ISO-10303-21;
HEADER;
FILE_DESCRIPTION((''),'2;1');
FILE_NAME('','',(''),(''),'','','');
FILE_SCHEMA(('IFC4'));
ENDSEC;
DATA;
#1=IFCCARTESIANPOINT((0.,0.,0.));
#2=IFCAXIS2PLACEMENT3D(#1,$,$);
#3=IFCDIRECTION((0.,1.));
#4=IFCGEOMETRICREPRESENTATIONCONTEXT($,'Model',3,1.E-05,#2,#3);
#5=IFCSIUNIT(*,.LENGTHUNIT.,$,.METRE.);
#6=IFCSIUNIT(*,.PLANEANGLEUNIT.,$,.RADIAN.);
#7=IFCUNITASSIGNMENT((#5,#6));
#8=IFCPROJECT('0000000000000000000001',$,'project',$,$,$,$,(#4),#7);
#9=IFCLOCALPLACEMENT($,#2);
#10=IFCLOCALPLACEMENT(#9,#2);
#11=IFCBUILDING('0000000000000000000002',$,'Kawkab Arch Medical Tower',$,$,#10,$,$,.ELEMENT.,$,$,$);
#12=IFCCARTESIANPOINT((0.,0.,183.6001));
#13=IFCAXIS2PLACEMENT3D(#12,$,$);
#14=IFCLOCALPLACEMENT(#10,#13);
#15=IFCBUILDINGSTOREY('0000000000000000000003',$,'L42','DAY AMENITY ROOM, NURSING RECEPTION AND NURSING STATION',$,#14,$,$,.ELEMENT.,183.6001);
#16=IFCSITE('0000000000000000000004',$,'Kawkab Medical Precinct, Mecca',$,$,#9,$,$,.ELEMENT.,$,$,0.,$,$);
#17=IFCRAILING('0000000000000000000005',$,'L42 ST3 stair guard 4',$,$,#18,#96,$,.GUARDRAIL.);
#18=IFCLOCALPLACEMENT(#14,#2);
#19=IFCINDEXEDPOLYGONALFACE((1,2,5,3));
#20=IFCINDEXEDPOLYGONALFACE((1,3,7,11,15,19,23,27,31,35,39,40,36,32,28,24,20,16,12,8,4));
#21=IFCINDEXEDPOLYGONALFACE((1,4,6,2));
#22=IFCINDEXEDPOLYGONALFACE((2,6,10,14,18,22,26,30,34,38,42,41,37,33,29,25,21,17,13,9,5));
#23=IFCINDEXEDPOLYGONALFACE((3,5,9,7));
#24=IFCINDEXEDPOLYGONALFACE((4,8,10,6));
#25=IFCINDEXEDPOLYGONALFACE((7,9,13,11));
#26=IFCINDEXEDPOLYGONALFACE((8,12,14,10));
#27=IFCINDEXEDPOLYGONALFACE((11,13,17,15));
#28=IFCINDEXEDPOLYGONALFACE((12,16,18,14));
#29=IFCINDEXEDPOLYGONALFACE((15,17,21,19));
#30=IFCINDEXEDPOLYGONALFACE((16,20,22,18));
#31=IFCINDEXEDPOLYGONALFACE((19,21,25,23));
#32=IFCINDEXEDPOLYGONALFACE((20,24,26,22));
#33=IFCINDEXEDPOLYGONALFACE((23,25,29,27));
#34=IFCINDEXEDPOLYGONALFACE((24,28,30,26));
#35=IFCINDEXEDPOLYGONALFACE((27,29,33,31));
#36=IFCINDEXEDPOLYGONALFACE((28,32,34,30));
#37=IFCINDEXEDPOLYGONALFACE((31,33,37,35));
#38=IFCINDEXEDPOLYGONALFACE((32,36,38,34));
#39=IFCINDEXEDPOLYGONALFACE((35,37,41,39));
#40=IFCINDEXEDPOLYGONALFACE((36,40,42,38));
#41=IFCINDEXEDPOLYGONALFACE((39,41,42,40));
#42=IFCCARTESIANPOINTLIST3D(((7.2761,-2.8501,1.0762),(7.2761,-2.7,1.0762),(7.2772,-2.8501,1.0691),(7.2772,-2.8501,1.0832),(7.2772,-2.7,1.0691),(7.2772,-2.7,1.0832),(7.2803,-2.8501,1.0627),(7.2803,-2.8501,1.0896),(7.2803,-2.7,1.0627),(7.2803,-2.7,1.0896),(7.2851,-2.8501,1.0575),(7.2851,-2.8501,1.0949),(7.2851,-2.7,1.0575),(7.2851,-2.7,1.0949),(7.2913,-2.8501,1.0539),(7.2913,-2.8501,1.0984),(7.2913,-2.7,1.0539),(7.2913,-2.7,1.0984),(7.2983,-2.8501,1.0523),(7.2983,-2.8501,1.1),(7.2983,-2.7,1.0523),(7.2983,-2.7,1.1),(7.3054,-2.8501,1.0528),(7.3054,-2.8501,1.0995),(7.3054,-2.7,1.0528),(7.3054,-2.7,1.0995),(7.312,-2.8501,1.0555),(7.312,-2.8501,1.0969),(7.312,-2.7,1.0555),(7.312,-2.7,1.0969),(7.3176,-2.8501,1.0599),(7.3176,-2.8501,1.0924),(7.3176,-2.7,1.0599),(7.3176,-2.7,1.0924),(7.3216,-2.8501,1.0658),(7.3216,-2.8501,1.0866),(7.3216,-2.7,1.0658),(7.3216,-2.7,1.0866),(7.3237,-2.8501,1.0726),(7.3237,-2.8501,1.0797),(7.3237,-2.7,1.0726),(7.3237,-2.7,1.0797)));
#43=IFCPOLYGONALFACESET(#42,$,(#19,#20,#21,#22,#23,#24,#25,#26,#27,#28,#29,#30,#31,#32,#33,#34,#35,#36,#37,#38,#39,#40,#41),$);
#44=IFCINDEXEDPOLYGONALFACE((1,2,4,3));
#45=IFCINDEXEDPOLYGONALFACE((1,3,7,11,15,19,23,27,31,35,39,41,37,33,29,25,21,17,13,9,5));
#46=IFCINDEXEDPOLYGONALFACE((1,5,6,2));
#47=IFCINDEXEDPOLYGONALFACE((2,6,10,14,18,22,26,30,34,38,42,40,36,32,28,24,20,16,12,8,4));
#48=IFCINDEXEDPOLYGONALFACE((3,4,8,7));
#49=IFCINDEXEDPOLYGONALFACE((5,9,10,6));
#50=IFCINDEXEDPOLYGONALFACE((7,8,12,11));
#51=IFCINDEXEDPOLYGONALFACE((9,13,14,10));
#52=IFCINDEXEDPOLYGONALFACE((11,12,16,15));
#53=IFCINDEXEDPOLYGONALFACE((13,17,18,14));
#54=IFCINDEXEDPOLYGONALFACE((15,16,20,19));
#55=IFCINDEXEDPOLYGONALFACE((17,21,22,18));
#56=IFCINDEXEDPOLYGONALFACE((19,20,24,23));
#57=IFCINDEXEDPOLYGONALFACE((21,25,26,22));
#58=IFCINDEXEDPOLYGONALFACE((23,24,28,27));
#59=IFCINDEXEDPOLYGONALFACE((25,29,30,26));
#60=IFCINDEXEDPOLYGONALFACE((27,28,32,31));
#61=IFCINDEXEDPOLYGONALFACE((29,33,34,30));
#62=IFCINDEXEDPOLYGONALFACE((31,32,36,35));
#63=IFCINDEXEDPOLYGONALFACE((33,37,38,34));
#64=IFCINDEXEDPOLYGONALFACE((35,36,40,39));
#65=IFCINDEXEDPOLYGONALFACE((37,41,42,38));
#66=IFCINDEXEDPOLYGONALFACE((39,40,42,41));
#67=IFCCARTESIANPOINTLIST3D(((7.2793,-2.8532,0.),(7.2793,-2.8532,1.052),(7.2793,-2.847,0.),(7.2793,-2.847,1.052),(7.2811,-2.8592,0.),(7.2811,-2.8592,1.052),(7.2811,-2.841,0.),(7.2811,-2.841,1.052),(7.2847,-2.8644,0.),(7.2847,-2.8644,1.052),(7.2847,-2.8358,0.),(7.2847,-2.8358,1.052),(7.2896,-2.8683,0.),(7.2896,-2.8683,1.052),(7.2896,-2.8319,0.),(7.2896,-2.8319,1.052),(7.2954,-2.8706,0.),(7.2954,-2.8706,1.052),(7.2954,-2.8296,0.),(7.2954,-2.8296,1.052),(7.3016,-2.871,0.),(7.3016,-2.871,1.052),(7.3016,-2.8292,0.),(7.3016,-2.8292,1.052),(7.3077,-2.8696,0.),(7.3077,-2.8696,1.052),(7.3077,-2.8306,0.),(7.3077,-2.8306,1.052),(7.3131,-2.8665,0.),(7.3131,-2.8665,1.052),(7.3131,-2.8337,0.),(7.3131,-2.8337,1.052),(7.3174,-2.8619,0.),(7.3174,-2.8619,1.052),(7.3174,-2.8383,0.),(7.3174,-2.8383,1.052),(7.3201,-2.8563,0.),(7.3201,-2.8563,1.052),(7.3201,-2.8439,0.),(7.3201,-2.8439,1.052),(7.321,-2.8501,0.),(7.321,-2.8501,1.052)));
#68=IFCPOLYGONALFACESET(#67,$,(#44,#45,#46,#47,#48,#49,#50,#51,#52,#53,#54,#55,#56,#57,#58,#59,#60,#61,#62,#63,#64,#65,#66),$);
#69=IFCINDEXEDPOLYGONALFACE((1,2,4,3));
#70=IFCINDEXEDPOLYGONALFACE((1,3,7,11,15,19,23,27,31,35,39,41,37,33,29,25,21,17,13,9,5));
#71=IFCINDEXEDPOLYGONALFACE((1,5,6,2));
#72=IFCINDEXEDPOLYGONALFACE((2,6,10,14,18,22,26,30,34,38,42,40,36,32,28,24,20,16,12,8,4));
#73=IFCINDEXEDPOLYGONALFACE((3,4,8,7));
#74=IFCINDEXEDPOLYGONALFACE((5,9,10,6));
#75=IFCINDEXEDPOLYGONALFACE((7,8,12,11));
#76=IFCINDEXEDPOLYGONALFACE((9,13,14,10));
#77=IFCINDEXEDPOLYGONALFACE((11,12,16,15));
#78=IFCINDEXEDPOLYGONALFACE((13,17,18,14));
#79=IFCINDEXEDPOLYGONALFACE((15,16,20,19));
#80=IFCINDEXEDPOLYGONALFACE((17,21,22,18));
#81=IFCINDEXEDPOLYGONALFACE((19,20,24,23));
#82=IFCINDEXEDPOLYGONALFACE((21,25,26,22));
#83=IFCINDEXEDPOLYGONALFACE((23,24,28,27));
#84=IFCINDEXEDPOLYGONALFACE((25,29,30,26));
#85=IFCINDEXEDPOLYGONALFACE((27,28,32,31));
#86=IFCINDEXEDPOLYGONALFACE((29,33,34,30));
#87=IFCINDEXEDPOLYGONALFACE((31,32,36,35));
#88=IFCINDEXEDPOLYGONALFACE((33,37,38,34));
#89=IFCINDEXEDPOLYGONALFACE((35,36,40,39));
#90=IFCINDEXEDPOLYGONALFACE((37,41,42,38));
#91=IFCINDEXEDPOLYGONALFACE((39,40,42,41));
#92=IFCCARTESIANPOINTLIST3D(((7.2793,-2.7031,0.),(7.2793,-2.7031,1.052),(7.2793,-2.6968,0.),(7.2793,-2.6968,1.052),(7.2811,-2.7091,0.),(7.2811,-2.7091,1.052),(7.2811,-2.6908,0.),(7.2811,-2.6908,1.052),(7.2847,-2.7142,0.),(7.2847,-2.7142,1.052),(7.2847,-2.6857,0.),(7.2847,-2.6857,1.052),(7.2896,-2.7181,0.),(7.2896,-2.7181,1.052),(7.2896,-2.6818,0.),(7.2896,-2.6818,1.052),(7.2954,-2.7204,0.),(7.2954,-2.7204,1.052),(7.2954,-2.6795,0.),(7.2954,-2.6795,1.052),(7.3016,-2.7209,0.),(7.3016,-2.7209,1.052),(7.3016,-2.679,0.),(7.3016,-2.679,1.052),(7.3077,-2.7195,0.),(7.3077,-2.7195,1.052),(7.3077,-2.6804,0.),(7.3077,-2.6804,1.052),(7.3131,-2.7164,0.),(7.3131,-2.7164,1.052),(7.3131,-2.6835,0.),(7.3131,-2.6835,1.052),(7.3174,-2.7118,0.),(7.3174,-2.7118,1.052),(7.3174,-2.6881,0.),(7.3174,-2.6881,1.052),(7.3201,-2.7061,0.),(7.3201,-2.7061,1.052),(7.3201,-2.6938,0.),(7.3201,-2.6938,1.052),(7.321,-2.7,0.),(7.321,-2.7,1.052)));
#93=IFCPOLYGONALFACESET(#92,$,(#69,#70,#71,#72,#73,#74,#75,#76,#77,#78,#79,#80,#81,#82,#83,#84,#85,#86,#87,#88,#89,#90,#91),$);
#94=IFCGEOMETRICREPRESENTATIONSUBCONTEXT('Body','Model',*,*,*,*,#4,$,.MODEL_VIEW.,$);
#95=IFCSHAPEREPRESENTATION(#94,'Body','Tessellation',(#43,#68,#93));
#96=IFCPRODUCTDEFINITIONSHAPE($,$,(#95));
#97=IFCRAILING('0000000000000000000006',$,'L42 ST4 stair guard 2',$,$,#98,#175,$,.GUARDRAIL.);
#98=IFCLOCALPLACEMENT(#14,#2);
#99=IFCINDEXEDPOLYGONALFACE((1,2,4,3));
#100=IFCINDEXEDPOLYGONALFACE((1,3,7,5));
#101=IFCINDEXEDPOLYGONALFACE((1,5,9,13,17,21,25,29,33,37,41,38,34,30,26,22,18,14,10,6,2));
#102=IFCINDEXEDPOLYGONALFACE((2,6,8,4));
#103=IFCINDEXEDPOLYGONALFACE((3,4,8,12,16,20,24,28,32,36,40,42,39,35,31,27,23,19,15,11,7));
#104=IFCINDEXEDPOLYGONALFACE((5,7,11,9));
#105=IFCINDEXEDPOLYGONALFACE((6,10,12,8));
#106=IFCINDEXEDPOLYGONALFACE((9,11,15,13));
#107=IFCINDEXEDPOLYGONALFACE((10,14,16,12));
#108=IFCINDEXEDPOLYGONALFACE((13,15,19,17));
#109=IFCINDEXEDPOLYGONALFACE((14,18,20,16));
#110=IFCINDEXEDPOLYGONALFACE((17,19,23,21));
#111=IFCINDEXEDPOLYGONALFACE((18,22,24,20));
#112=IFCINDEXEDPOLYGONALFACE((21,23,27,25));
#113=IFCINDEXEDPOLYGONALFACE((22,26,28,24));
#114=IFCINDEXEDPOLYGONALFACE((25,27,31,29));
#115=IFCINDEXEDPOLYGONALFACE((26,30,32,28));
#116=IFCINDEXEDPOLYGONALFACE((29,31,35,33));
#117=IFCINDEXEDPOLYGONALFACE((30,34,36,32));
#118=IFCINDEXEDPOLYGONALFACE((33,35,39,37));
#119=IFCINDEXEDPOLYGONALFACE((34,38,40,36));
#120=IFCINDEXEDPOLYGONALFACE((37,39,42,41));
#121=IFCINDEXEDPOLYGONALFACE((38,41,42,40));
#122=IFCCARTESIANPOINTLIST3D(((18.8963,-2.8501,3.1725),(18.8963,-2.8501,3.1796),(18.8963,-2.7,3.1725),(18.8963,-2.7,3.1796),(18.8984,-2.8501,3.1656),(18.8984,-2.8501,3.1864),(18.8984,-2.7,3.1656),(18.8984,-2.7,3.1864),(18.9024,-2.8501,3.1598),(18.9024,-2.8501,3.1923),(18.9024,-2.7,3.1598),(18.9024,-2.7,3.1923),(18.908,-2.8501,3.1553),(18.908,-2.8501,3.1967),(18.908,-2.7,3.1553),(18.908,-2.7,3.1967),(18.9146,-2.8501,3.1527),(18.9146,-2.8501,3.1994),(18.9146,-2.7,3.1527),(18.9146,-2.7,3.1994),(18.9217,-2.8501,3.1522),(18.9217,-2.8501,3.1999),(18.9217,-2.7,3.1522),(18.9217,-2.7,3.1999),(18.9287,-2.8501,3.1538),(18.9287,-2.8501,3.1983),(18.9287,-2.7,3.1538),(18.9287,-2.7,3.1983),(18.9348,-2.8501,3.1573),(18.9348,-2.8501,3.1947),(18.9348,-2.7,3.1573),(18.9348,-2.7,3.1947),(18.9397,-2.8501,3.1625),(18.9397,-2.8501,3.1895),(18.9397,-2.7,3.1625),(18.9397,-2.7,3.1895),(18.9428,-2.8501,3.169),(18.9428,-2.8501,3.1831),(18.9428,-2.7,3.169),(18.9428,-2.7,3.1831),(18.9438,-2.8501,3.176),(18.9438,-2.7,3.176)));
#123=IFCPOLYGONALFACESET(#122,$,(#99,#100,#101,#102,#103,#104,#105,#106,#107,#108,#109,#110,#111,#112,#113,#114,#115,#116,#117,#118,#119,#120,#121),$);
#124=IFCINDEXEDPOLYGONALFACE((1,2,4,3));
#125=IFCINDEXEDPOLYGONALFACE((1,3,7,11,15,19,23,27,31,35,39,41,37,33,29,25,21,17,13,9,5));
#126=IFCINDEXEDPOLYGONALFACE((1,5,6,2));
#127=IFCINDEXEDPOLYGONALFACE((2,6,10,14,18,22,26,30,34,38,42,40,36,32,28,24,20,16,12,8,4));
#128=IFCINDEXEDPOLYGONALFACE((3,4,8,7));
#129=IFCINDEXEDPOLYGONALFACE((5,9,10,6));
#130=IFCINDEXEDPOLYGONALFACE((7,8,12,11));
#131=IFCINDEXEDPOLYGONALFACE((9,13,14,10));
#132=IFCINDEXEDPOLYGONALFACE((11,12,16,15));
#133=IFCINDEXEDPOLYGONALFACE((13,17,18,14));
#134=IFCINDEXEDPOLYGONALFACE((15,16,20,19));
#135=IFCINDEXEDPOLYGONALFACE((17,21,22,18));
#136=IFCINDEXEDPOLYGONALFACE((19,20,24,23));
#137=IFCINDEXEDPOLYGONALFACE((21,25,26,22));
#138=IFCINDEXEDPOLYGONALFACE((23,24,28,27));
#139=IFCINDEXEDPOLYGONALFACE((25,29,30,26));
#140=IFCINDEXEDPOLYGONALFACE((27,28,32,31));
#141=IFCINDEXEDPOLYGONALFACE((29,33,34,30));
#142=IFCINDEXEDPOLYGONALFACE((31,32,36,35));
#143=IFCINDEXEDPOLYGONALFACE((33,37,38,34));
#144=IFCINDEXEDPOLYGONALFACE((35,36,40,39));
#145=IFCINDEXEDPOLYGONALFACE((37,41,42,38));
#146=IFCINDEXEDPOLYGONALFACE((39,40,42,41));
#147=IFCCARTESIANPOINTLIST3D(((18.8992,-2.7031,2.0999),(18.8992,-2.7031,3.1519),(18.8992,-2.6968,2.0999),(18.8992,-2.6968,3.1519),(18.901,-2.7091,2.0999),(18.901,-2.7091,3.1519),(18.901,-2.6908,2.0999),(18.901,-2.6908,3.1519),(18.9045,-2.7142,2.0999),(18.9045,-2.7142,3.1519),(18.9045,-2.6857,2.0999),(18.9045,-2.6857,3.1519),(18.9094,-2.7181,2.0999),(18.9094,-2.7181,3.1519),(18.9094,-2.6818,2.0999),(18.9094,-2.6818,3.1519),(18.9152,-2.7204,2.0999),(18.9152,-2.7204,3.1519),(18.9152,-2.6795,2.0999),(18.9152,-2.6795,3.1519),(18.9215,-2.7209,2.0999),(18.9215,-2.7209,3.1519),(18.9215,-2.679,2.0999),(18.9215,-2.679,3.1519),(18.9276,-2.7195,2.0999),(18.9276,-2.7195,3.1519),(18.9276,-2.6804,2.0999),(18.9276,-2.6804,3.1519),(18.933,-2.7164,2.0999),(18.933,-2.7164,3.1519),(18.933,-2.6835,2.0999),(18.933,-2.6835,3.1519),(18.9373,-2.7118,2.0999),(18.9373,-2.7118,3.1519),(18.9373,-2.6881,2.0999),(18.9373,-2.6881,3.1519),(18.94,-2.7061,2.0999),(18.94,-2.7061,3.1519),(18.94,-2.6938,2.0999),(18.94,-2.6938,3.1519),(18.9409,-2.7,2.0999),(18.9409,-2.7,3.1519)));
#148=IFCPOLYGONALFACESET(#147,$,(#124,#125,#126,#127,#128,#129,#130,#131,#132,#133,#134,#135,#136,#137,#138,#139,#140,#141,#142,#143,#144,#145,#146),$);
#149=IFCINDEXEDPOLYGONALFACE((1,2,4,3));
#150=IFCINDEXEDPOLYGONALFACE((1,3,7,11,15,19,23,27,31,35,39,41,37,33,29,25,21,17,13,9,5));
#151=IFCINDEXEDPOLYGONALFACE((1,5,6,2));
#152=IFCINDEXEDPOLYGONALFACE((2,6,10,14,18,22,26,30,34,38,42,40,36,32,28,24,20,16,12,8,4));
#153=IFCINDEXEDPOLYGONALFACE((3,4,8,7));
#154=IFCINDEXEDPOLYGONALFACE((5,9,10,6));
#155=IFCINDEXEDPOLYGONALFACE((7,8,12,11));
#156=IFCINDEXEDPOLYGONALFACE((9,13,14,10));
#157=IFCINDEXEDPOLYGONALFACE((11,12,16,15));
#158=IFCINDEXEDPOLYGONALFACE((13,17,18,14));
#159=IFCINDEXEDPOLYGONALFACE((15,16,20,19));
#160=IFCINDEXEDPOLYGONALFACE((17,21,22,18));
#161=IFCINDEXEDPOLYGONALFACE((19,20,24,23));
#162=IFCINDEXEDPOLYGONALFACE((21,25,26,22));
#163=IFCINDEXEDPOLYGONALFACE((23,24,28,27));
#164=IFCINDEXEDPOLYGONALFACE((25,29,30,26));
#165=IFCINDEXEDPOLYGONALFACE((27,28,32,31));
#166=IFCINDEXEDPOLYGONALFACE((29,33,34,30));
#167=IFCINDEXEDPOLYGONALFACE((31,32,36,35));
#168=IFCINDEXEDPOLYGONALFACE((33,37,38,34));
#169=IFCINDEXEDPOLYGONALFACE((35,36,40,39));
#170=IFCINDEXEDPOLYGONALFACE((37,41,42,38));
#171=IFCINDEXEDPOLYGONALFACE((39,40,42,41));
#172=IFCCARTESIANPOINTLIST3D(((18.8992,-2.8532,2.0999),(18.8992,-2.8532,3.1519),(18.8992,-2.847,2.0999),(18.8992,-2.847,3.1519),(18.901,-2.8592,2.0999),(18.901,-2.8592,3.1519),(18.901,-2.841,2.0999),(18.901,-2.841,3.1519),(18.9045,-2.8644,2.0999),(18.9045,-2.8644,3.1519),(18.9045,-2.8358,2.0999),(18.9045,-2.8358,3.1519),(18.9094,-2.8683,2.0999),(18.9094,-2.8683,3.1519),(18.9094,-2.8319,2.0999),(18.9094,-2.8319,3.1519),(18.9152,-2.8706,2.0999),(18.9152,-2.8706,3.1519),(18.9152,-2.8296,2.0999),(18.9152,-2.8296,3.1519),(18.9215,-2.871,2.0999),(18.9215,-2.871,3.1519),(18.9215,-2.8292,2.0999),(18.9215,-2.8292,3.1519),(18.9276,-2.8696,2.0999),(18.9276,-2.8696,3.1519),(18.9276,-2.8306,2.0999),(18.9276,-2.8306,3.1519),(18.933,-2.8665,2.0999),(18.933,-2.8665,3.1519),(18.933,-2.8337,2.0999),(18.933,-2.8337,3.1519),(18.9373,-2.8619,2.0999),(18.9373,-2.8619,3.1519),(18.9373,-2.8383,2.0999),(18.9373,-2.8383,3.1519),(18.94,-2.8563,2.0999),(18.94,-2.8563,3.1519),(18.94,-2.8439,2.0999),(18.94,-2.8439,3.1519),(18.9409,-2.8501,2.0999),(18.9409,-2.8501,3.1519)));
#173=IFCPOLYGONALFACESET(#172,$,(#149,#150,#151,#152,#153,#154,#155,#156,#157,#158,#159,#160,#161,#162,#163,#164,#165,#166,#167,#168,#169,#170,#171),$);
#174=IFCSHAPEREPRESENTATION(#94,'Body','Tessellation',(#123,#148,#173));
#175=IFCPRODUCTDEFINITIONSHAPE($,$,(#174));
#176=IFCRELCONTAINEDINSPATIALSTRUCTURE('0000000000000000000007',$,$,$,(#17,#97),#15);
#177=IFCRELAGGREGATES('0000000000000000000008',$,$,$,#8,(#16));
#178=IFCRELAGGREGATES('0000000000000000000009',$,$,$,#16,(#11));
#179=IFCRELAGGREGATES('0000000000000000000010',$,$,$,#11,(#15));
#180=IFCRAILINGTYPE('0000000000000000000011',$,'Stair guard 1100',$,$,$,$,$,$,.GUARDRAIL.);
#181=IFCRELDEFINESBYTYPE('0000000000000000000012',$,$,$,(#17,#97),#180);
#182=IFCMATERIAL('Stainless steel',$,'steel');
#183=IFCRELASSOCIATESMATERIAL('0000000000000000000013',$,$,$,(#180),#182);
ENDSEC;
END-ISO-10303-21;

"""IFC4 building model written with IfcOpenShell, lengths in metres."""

from ifc_helpers import new_model, si_unit, direction, frame, origin, origin_2d, place, context, subcontext, project, spatial, circle, extrude, material, type_object, element, save


model = new_model("IFC4")

# Units and contexts
model_context = context("Model", 3, precision=1e-05, world=origin(), true_north=direction((0.0, 1.0)))
body_context = subcontext(model_context, "Body", "Model", "MODEL_VIEW")
ifc_project = project(units=[si_unit("LENGTHUNIT", "METRE"), si_unit("PLANEANGLEUNIT", "RADIAN")], contexts=[model_context])

# Site, building, storey
site_placement = place(None, origin())
site = spatial("IfcSite", under=ifc_project, at=site_placement, Name="Kawkab Medical Precinct, Mecca", CompositionType="ELEMENT", RefElevation=0.0)
building_placement = place(site_placement, origin())
building = spatial("IfcBuilding", under=site, at=building_placement, Name="Kawkab Arch Medical Tower", CompositionType="ELEMENT")
storey_placement = place(building_placement, frame((0.0, 0.0, 183.6001)))
storey = spatial("IfcBuildingStorey", under=building, at=storey_placement, Name="L42", Description="DAY AMENITY ROOM, NURSING RECEPTION AND NURSING STATION", CompositionType="ELEMENT", Elevation=183.6001)

# Railings
ifc_material_1 = material(Name="Stainless steel", Category="steel")
railing_type_1 = type_object("IfcRailingType", Name="Stair guard 1100", PredefinedType="GUARDRAIL", material=ifc_material_1)
railing_1_placement = place(storey_placement, frame((7.3, -2.8501, 0.0)))
element("IfcRailing", 1, at=railing_1_placement, inside=storey, type_object=railing_type_1, Name="L42 ST3 stair guard 4", PredefinedType="GUARDRAIL", context=body_context, shape_type="SweptSolid", body=[
    extrude(circle(Radius=0.0239, at=origin_2d()), frame((0.0, 0.0, 1.0762), z_axis=(0.0, 1.0, 0.0), x_axis=(-1.0, 0.0, 0.0)), (0.0, 0.0, 1.0), 0.1501),
    extrude(circle(Radius=0.021, at=origin_2d()), origin(), (0.0, 0.0, 1.0), 1.052),
    extrude(circle(Radius=0.021, at=origin_2d()), frame((0.0, 0.1501, 0.0)), (0.0, 0.0, 1.0), 1.052),
])
railing_2_placement = place(storey_placement, frame((18.9199, -2.7, 2.0999)))
element("IfcRailing", 2, at=railing_2_placement, inside=storey, type_object=railing_type_1, Name="L42 ST4 stair guard 2", PredefinedType="GUARDRAIL", context=body_context, shape_type="SweptSolid", body=[
    extrude(circle(Radius=0.0239, at=origin_2d()), frame((0.0, 0.0, 1.0762), z_axis=(0.0, -1.0, 0.0), x_axis=(1.0, 0.0, 0.0)), (0.0, 0.0, 1.0), 0.1501),
    extrude(circle(Radius=0.021, at=origin_2d()), origin(), (0.0, 0.0, 1.0), 1.052),
    extrude(circle(Radius=0.021, at=origin_2d()), frame((0.0, -0.1501, 0.0)), (0.0, 0.0, 1.0), 1.052),
])

save(model, "model.ifc")
